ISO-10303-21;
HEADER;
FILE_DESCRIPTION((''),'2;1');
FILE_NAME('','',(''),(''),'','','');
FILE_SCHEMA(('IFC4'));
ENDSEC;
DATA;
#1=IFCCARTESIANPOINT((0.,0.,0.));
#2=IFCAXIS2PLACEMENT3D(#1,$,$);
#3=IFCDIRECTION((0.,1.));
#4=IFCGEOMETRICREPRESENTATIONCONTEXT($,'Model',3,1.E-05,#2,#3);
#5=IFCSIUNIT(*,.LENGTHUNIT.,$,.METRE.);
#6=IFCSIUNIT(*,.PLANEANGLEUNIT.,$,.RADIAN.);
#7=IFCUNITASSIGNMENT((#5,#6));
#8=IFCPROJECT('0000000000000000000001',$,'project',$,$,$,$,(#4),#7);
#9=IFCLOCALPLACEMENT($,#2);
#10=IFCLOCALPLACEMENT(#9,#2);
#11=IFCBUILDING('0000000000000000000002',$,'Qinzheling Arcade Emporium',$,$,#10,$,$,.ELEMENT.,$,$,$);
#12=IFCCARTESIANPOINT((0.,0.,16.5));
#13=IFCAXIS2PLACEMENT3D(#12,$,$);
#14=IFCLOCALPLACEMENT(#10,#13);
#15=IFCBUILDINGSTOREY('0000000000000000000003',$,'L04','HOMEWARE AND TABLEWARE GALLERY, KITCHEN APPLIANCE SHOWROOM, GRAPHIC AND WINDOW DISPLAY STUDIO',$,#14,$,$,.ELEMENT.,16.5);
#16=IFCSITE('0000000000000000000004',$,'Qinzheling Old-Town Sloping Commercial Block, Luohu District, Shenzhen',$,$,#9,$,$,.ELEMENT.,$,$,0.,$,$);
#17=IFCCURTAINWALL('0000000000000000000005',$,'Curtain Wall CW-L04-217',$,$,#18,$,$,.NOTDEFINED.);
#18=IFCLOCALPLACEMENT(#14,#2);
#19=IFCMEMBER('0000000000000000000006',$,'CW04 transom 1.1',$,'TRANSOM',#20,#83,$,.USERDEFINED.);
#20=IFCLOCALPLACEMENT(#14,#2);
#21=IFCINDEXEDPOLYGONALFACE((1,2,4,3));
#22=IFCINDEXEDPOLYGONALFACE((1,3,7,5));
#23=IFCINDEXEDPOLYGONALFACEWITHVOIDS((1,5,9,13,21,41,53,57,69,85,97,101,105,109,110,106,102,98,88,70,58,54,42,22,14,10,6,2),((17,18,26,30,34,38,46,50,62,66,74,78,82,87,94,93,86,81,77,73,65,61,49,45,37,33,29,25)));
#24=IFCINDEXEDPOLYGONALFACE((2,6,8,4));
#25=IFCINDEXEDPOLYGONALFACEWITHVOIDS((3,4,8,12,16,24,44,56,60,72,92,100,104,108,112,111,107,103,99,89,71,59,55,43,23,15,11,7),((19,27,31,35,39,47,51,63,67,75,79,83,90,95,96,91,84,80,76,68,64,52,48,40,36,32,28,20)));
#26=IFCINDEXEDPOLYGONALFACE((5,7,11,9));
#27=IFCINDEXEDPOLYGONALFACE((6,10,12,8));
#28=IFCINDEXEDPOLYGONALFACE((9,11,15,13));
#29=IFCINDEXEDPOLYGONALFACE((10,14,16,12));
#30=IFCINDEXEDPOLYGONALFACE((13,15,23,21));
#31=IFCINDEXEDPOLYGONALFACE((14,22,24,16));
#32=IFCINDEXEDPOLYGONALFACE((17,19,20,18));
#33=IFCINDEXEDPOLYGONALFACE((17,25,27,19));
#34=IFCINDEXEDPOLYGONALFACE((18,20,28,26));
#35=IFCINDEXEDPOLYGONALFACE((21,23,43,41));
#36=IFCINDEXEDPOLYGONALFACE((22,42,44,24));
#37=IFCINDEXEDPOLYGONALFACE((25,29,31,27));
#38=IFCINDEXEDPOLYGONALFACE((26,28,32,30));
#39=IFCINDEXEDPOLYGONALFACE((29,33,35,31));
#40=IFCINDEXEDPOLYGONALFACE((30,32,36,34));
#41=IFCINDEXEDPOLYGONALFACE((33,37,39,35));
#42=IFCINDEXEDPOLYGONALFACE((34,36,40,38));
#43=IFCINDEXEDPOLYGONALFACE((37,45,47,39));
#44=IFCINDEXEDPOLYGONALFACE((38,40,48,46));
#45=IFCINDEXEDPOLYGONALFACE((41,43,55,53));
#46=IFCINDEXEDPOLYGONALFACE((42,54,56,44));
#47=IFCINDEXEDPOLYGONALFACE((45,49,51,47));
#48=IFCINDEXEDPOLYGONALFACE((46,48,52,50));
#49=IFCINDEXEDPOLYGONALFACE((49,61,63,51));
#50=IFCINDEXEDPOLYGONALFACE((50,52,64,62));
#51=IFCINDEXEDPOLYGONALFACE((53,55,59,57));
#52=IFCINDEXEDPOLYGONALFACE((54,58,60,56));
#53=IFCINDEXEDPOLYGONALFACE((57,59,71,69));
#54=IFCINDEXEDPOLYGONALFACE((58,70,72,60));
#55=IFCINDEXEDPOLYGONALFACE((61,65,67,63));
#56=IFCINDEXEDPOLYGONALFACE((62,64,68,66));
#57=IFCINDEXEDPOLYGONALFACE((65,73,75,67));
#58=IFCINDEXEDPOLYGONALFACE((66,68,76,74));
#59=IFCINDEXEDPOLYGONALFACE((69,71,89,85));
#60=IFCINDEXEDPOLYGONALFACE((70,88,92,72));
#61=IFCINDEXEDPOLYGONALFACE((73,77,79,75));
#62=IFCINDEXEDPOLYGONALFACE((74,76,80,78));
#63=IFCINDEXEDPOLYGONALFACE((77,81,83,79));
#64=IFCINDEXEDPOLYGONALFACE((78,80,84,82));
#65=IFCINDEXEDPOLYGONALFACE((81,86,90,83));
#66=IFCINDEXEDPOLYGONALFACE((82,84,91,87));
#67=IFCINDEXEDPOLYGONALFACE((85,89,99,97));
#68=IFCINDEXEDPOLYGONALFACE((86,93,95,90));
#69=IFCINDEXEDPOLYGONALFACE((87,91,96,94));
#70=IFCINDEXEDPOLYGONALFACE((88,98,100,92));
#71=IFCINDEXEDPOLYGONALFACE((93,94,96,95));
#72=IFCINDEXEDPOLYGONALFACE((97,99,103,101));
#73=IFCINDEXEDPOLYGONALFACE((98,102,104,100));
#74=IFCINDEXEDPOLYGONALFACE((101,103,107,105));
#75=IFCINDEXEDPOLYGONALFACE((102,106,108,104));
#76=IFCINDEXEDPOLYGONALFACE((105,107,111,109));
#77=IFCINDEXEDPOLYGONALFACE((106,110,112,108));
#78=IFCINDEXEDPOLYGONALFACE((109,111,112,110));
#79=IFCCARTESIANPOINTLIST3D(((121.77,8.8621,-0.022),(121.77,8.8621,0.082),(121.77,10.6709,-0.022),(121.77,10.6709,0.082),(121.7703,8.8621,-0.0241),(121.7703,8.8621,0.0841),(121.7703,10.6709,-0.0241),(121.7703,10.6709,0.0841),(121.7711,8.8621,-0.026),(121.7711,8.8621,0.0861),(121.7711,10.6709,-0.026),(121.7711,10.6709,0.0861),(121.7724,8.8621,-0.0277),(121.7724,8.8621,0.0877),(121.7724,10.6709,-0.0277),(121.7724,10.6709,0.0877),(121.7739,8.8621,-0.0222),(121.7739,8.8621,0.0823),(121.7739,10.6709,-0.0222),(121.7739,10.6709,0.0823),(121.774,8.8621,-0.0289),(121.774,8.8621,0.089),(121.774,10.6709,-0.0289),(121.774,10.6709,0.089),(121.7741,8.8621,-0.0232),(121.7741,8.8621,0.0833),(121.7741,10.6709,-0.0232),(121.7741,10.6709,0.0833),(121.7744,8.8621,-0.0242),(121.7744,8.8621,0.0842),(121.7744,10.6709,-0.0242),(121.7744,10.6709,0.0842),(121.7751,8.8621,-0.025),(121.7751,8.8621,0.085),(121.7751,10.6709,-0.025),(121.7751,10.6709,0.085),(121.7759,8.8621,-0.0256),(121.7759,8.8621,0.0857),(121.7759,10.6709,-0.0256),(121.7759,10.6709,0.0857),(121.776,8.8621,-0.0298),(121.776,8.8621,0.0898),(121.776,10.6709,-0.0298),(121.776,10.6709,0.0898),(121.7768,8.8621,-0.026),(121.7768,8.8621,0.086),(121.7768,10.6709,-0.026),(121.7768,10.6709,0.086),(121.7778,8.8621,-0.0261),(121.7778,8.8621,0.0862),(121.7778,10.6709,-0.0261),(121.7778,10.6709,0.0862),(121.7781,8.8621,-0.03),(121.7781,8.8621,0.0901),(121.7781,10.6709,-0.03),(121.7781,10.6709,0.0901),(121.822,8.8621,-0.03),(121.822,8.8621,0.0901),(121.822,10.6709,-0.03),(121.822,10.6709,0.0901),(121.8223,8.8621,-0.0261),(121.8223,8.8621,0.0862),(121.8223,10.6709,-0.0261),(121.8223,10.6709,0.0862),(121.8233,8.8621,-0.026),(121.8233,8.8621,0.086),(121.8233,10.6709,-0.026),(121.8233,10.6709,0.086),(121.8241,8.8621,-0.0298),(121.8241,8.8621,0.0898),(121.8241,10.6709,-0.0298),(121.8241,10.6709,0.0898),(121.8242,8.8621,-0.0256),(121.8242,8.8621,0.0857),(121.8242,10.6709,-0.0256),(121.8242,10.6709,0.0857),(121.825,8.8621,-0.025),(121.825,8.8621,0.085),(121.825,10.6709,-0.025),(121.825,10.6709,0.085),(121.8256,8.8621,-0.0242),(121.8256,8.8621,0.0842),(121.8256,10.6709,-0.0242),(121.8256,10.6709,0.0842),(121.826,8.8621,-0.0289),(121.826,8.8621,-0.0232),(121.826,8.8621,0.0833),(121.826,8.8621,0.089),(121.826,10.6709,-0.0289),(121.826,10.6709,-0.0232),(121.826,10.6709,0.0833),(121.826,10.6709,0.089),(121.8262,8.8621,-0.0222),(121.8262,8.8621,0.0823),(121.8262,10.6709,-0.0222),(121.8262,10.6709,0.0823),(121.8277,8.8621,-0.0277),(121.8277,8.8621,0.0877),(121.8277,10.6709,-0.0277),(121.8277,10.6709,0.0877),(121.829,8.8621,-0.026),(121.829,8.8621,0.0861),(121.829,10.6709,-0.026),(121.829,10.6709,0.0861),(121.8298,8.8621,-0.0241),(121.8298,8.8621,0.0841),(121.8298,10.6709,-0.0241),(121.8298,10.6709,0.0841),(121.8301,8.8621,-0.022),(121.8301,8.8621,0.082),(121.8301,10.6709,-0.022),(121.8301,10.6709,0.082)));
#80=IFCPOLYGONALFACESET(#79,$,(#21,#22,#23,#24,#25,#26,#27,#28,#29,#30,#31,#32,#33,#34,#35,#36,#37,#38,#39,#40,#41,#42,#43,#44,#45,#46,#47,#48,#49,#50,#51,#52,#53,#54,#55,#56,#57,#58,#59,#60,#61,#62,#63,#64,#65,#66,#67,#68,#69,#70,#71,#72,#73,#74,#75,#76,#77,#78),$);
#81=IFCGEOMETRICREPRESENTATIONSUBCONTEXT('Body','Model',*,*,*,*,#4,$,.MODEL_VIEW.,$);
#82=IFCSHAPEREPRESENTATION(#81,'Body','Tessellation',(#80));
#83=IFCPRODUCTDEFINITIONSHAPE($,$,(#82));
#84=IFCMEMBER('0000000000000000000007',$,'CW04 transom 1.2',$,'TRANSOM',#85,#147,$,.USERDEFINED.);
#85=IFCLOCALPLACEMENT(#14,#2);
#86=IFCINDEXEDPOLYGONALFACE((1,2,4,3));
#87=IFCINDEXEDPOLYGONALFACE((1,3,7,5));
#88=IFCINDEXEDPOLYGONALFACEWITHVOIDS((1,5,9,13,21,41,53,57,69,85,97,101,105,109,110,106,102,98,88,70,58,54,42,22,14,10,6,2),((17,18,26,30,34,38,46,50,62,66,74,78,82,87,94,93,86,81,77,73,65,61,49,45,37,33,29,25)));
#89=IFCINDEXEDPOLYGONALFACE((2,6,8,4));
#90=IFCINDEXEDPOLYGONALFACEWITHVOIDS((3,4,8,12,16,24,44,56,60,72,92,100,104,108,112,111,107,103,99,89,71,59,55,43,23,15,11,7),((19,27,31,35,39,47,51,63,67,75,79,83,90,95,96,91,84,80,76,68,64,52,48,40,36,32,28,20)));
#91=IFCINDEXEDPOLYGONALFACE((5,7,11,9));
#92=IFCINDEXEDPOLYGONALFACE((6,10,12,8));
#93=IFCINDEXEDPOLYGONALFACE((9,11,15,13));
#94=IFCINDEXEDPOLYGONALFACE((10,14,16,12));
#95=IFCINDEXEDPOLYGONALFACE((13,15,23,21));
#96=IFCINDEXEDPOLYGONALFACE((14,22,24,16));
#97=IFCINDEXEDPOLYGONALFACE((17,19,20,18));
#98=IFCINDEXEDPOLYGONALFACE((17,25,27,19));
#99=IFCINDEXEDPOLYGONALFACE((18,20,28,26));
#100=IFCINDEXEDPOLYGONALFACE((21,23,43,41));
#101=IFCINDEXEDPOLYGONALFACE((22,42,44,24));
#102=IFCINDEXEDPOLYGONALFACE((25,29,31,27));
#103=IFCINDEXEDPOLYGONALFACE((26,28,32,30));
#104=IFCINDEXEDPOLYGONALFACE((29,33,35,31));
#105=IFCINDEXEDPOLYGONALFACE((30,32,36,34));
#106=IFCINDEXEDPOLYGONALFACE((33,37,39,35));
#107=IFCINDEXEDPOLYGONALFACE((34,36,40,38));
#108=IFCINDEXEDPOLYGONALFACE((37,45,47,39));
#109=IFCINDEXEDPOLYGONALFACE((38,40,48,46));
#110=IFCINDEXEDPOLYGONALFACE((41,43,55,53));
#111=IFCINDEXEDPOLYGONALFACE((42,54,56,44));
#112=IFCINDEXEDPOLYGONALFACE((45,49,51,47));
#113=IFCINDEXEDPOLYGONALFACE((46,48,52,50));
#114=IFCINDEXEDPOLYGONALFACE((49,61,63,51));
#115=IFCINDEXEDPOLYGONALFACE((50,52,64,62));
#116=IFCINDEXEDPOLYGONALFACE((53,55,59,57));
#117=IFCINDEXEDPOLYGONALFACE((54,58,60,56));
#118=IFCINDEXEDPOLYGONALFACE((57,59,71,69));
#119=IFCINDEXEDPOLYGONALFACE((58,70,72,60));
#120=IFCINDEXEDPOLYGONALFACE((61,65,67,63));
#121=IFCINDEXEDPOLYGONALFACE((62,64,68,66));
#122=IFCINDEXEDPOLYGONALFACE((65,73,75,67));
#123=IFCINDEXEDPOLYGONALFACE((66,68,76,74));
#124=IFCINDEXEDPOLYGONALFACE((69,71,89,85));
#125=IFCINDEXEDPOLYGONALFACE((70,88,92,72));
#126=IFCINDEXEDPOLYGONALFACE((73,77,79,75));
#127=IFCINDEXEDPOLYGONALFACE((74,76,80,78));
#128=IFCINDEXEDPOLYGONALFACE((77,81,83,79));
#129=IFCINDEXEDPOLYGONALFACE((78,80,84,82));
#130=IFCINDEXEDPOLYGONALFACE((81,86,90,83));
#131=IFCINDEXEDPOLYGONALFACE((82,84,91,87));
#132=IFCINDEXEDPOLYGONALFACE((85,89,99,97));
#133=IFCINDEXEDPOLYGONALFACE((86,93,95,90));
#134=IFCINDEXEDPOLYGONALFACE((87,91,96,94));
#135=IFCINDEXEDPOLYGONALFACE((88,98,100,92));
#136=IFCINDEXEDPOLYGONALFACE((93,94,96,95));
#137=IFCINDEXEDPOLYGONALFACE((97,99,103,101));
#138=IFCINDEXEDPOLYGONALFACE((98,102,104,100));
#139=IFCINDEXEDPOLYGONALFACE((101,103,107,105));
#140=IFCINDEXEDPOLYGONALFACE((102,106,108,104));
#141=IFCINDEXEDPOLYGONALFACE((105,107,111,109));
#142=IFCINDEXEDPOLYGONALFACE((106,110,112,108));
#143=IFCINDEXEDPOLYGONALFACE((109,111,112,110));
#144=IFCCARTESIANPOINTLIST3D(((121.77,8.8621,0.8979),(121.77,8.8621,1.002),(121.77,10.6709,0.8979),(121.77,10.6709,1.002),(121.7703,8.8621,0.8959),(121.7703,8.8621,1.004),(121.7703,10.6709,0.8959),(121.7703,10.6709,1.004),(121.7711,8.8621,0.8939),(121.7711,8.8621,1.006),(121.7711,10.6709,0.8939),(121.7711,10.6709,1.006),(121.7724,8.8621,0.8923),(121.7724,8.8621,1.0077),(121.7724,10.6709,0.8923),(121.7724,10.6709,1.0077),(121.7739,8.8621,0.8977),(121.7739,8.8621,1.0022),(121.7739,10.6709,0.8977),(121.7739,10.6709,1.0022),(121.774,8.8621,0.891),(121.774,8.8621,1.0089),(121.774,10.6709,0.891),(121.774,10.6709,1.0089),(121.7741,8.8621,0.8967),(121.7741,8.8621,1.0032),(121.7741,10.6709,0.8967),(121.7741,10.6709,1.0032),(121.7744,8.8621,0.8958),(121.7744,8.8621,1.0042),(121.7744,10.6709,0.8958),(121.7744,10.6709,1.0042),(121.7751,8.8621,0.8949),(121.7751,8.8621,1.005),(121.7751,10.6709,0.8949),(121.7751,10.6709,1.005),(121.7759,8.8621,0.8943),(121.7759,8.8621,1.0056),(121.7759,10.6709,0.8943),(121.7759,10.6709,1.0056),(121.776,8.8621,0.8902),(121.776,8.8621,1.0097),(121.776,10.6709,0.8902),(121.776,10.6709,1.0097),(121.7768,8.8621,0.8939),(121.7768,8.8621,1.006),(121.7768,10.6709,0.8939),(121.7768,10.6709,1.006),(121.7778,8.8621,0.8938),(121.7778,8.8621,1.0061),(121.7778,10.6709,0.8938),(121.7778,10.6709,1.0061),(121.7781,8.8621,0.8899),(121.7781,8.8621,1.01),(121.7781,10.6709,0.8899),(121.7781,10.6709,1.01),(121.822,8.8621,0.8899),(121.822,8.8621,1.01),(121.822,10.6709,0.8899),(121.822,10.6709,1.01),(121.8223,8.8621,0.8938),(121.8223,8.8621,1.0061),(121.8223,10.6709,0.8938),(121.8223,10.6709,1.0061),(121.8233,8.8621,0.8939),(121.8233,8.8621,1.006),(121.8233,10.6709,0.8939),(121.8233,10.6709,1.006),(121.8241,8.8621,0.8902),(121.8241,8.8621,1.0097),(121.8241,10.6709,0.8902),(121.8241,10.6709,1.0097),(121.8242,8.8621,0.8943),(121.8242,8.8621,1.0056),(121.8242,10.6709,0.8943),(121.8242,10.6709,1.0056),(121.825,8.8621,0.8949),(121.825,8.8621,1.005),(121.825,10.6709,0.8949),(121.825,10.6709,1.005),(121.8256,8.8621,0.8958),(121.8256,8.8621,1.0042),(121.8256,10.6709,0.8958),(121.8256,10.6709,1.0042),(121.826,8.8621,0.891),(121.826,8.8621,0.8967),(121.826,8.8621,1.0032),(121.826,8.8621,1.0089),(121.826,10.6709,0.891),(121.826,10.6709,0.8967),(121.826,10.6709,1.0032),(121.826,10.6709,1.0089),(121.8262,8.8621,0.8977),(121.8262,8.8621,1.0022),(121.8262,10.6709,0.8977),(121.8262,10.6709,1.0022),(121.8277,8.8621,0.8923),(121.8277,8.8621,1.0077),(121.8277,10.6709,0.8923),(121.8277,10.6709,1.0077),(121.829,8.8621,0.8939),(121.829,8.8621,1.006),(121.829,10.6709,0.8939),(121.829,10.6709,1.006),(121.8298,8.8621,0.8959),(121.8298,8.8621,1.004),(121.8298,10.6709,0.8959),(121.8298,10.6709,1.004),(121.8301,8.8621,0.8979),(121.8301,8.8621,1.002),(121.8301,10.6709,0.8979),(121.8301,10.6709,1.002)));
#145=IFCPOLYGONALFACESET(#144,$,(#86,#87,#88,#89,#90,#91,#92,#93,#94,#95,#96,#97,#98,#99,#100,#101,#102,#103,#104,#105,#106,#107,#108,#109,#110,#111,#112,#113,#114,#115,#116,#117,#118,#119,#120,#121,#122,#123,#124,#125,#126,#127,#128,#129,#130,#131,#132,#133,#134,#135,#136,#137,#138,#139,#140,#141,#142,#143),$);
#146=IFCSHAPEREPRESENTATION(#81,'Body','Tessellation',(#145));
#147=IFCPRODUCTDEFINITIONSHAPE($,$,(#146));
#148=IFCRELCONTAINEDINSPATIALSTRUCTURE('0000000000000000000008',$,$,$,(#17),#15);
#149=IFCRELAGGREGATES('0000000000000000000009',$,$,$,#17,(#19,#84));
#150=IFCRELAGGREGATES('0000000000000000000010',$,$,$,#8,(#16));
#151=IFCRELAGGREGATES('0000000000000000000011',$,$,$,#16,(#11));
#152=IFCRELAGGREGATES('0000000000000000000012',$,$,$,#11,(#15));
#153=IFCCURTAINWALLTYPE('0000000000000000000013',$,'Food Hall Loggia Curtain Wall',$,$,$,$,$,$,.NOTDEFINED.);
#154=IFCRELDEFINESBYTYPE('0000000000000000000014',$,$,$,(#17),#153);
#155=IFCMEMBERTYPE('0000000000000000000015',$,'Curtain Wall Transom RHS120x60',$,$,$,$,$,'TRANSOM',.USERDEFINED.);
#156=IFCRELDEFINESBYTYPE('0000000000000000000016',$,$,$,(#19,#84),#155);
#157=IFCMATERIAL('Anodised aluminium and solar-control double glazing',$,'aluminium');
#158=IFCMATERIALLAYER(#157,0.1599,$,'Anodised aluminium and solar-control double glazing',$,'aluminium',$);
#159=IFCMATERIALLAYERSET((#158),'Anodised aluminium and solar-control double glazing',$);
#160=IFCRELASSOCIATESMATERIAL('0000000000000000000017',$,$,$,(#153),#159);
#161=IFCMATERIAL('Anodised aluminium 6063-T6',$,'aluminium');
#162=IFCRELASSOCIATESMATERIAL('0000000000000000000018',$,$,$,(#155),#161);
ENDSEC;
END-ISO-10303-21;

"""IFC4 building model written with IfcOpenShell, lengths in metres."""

from ifc_helpers import new_model, si_unit, direction, frame, origin, origin_2d, place, context, subcontext, project, spatial, hollow_rectangle, extrude, material, layer, layer_set, material_profile, profile_set, type_object, element, aggregate, save


model = new_model("IFC4")

# Units and contexts
model_context = context("Model", 3, precision=1e-05, world=origin(), true_north=direction((0.0, 1.0)))
body_context = subcontext(model_context, "Body", "Model", "MODEL_VIEW")
ifc_project = project(units=[si_unit("LENGTHUNIT", "METRE"), si_unit("PLANEANGLEUNIT", "RADIAN")], contexts=[model_context])

# Site, building, storey
site_placement = place(None, origin())
site = spatial("IfcSite", under=ifc_project, at=site_placement, Name="Qinzheling Old-Town Sloping Commercial Block, Luohu District, Shenzhen", CompositionType="ELEMENT", RefElevation=0.0)
building_placement = place(site_placement, origin())
building = spatial("IfcBuilding", under=site, at=building_placement, Name="Qinzheling Arcade Emporium", CompositionType="ELEMENT")
storey_placement = place(building_placement, frame((0.0, 0.0, 16.5)))
storey = spatial("IfcBuildingStorey", under=building, at=storey_placement, Name="L04", Description="HOMEWARE AND TABLEWARE GALLERY, KITCHEN APPLIANCE SHOWROOM, GRAPHIC AND WINDOW DISPLAY STUDIO", CompositionType="ELEMENT", Elevation=16.5)

# Curtain wall, members
ifc_material_1 = material(Name="Anodised aluminium and solar-control double glazing", Category="aluminium")
ifc_layer_1 = layer(ifc_material_1, 0.1599, Name="Anodised aluminium and solar-control double glazing", Category="aluminium")
ifc_layer_set_1 = layer_set([ifc_layer_1], Name="Anodised aluminium and solar-control double glazing")
curtain_wall_type = type_object("IfcCurtainWallType", Name="Food Hall Loggia Curtain Wall", PredefinedType="NOTDEFINED", material=ifc_layer_set_1)
curtain_wall_placement = place(storey_placement, origin())
curtain_wall = element("IfcCurtainWall", 1, at=curtain_wall_placement, inside=storey, type_object=curtain_wall_type, Name="Curtain Wall CW-L04-217", PredefinedType="NOTDEFINED")
ifc_material_2 = material(Name="Anodised aluminium 6063-T6", Category="aluminium")
ifc_material_profile_1 = material_profile(ifc_material_2, hollow_rectangle(XDim=0.0601, YDim=0.1201, WallThickness=0.0039, InnerFilletRadius=0.0039, OuterFilletRadius=0.0081, at=origin_2d()), Name="RHS 120x60x4", Category="aluminium")
ifc_profile_set_1 = profile_set([ifc_material_profile_1], Name="Anodised aluminium 6063-T6")
member_type_1 = type_object("IfcMemberType", Name="Curtain Wall Transom RHS120x60", ElementType="TRANSOM", PredefinedType="USERDEFINED", material=ifc_profile_set_1)
member_1_placement = place(storey_placement, frame((121.8, 8.8621, 0.03), z_axis=(0.0, 1.0, 0.0), x_axis=(-1.0, 0.0, 0.0)))
member_1 = element("IfcMember", 2, at=member_1_placement, type_object=member_type_1, Name="CW04 transom 1.1", ObjectType="TRANSOM", PredefinedType="USERDEFINED", context=body_context, shape_type="SweptSolid", body=[
    extrude(hollow_rectangle(XDim=0.0601, YDim=0.1201, WallThickness=0.0039, InnerFilletRadius=0.0039, OuterFilletRadius=0.0081, at=origin_2d()), origin(), (0.0, 0.0, 1.0), 1.8088),
])
member_2_placement = place(storey_placement, frame((121.8, 8.8621, 0.95), z_axis=(0.0, 1.0, 0.0), x_axis=(-1.0, 0.0, 0.0)))
member_2 = element("IfcMember", 3, at=member_2_placement, type_object=member_type_1, Name="CW04 transom 1.2", ObjectType="TRANSOM", PredefinedType="USERDEFINED", context=body_context, shape_type="SweptSolid", body=[
    extrude(hollow_rectangle(XDim=0.0601, YDim=0.1201, WallThickness=0.0039, InnerFilletRadius=0.0039, OuterFilletRadius=0.0081, at=origin_2d()), origin(), (0.0, 0.0, 1.0), 1.8088),
])

aggregate(curtain_wall, [member_1, member_2])

save(model, "model.ifc")
